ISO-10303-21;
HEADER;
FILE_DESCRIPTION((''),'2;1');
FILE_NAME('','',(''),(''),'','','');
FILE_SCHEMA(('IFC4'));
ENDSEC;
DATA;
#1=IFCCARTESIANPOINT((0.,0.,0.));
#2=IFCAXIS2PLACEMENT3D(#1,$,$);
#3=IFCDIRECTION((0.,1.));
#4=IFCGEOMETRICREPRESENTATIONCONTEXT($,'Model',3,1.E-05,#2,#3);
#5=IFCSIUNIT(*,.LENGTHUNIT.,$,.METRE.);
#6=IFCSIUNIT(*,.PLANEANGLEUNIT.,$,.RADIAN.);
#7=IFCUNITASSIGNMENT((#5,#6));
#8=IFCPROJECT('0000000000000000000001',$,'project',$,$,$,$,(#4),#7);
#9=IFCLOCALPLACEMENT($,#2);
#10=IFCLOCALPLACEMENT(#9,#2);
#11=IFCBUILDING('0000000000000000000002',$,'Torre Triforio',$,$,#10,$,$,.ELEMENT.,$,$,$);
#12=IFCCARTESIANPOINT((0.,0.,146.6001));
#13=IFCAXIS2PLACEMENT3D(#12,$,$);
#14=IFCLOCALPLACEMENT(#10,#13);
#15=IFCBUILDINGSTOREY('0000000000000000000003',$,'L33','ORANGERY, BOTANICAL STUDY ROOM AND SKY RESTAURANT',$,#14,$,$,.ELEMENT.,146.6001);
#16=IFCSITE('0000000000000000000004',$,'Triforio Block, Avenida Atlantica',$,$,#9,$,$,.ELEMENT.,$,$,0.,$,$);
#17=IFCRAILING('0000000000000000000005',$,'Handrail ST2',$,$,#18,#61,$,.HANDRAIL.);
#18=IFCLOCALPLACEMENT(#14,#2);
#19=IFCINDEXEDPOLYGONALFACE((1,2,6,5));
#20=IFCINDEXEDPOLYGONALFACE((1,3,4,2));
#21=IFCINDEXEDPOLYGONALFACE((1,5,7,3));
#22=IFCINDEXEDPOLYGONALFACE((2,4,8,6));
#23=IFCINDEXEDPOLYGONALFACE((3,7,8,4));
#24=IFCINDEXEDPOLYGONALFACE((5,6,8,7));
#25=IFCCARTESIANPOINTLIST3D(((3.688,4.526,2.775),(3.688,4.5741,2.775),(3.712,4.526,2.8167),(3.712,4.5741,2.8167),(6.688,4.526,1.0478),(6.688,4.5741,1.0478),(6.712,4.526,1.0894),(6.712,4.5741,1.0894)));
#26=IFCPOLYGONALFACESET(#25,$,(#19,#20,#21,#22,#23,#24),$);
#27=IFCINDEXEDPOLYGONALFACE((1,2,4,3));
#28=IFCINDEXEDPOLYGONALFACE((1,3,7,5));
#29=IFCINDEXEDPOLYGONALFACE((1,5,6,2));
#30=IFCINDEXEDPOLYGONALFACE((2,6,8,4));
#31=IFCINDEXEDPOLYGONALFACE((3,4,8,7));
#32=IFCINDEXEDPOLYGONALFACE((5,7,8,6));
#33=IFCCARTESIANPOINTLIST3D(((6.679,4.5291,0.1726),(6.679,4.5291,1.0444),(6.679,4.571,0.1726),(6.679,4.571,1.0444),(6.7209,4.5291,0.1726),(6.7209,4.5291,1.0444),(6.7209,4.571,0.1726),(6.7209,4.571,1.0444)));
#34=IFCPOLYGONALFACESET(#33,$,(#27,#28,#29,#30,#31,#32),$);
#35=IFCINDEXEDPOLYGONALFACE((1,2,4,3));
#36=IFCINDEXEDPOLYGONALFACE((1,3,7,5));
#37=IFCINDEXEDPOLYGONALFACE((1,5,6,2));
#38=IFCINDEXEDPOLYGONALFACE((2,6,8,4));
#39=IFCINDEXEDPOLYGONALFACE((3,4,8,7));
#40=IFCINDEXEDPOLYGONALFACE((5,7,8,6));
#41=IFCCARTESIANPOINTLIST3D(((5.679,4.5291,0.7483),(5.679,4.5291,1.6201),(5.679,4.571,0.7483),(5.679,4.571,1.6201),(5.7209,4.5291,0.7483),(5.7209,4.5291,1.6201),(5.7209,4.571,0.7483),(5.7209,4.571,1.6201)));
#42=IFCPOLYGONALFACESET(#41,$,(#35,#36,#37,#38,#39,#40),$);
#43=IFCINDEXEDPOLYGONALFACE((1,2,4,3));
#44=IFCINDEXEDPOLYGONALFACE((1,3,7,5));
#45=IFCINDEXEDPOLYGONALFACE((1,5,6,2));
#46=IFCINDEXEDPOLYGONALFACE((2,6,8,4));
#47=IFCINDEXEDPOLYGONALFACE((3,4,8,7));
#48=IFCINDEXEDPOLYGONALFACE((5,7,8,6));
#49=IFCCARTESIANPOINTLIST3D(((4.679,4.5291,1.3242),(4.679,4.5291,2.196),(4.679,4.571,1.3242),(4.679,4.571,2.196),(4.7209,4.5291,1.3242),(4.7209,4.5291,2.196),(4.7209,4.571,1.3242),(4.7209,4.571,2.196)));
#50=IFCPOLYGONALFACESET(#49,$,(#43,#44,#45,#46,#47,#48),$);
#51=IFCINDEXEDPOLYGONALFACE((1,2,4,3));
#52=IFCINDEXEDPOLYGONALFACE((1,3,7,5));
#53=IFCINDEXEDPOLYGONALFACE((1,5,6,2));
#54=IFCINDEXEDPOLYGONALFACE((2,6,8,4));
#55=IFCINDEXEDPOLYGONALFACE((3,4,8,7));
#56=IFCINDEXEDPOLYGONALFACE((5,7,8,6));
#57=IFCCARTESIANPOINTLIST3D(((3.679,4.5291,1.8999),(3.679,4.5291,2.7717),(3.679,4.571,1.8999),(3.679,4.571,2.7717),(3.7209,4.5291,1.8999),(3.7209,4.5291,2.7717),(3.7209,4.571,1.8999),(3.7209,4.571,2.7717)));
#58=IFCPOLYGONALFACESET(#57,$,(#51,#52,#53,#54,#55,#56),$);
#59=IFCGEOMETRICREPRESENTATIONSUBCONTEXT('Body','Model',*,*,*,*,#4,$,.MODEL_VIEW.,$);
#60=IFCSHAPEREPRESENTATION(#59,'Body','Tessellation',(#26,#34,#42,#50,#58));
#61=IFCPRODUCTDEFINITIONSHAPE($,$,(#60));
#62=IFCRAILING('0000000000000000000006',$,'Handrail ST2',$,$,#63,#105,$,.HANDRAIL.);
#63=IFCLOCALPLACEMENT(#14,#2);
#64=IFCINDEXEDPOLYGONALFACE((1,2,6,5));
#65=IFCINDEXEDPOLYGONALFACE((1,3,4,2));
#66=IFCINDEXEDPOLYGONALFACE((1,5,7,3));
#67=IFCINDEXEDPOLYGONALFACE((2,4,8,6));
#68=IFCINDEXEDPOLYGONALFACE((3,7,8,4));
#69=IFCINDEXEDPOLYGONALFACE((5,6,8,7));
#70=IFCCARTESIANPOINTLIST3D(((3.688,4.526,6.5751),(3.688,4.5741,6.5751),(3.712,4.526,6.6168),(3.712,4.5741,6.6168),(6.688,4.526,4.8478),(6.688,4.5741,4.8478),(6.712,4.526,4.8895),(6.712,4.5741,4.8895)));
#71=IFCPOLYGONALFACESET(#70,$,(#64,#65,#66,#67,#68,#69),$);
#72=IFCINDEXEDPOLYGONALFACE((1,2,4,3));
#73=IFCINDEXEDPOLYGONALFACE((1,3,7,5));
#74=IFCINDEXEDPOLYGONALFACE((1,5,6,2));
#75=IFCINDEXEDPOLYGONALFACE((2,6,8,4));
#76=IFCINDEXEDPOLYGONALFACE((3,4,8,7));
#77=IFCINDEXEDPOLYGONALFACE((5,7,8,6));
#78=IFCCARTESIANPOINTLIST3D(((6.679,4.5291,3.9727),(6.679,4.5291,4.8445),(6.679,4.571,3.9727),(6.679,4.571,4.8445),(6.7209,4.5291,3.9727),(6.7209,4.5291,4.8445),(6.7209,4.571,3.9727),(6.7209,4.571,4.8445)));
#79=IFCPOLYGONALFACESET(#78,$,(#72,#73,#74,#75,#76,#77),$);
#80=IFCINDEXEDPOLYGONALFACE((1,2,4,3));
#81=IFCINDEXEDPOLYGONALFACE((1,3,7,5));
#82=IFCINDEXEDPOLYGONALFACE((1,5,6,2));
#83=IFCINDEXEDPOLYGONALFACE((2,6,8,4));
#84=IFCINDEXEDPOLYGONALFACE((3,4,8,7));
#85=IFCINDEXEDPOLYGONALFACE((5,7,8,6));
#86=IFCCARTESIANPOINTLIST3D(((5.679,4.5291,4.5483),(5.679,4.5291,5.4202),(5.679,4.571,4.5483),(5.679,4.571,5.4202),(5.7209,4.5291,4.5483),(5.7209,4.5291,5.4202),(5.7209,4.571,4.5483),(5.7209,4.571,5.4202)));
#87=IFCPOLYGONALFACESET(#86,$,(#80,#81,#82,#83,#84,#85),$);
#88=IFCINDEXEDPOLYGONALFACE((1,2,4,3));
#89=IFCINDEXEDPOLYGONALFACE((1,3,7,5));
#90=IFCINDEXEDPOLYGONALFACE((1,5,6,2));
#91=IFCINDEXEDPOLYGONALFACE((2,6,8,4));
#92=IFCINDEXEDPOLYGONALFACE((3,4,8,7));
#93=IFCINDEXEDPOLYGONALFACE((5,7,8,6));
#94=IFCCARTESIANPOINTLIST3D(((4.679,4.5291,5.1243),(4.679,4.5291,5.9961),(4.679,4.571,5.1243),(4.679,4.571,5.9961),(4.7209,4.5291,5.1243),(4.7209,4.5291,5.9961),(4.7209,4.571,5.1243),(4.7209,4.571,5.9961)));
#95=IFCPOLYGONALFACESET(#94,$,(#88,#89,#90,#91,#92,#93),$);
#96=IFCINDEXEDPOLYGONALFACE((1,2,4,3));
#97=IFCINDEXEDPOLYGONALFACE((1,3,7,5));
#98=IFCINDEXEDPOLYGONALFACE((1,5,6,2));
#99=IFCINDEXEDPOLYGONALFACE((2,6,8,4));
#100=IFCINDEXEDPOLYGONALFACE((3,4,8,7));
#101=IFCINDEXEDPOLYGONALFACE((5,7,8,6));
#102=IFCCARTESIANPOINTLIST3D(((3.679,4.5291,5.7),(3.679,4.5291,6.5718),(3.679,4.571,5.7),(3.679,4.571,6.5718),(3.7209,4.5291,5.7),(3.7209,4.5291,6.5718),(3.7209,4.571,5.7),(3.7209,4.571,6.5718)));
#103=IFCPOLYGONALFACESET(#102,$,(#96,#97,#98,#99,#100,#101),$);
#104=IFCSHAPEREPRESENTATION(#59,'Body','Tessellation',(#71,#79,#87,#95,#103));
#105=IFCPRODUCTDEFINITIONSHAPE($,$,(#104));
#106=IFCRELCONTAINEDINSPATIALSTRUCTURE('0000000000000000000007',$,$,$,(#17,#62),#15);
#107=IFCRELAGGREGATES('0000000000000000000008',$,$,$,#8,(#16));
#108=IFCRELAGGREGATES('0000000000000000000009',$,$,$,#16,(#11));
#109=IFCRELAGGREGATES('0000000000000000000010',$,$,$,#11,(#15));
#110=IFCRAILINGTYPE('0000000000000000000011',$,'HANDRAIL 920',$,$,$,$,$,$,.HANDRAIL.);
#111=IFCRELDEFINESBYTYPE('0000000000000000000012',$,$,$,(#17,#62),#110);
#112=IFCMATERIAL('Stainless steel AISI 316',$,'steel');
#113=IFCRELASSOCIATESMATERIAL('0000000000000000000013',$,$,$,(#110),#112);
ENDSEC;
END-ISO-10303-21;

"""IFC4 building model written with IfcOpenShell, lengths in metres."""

from ifc_helpers import new_model, si_unit, direction, frame, origin, origin_2d, place, context, subcontext, project, spatial, rectangle, extrude, material, type_object, element, save


model = new_model("IFC4")

# Units and contexts
model_context = context("Model", 3, precision=1e-05, world=origin(), true_north=direction((0.0, 1.0)))
body_context = subcontext(model_context, "Body", "Model", "MODEL_VIEW")
ifc_project = project(units=[si_unit("LENGTHUNIT", "METRE"), si_unit("PLANEANGLEUNIT", "RADIAN")], contexts=[model_context])

# Site, building, storey
site_placement = place(None, origin())
site = spatial("IfcSite", under=ifc_project, at=site_placement, Name="Triforio Block, Avenida Atlantica", CompositionType="ELEMENT", RefElevation=0.0)
building_placement = place(site_placement, origin())
building = spatial("IfcBuilding", under=site, at=building_placement, Name="Torre Triforio", CompositionType="ELEMENT")
storey_placement = place(building_placement, frame((0.0, 0.0, 146.6001)))
storey = spatial("IfcBuildingStorey", under=building, at=storey_placement, Name="L33", Description="ORANGERY, BOTANICAL STUDY ROOM AND SKY RESTAURANT", CompositionType="ELEMENT", Elevation=146.6001)

# Railings
ifc_material_1 = material(Name="Stainless steel AISI 316", Category="steel")
railing_type = type_object("IfcRailingType", Name="HANDRAIL 920", PredefinedType="HANDRAIL", material=ifc_material_1)
for number, where, name in (
    (1, (6.7, 4.55, 0.1726), "Handrail ST2"),
    (2, (6.7, 4.55, 3.9727), "Handrail ST2"),
):
    element("IfcRailing", number, at=place(storey_placement, frame(where)), inside=storey, type_object=railing_type, Name=name, PredefinedType="HANDRAIL", context=body_context, shape_type="SweptSolid", body=[
        extrude(rectangle(XDim=0.0481, YDim=0.0481, at=origin_2d()), frame((0.0, 0.0, 0.896), z_axis=(-0.86662, 0.0, 0.498969), x_axis=(0.0, -1.0, 0.0)), (0.0, 0.0, 1.0), 3.4617),
        extrude(rectangle(XDim=0.042, YDim=0.042, at=origin_2d()), origin(), (0.0, 0.0, 1.0), 0.8718),
        extrude(rectangle(XDim=0.042, YDim=0.042, at=origin_2d()), frame((-1.0, 0.0, 0.5757)), (0.0, 0.0, 1.0), 0.8718),
        extrude(rectangle(XDim=0.042, YDim=0.042, at=origin_2d()), frame((-2.0, 0.0, 1.1516)), (0.0, 0.0, 1.0), 0.8718),
        extrude(rectangle(XDim=0.042, YDim=0.042, at=origin_2d()), frame((-3.0, 0.0, 1.7273)), (0.0, 0.0, 1.0), 0.8718),
    ])

save(model, "model.ifc")
